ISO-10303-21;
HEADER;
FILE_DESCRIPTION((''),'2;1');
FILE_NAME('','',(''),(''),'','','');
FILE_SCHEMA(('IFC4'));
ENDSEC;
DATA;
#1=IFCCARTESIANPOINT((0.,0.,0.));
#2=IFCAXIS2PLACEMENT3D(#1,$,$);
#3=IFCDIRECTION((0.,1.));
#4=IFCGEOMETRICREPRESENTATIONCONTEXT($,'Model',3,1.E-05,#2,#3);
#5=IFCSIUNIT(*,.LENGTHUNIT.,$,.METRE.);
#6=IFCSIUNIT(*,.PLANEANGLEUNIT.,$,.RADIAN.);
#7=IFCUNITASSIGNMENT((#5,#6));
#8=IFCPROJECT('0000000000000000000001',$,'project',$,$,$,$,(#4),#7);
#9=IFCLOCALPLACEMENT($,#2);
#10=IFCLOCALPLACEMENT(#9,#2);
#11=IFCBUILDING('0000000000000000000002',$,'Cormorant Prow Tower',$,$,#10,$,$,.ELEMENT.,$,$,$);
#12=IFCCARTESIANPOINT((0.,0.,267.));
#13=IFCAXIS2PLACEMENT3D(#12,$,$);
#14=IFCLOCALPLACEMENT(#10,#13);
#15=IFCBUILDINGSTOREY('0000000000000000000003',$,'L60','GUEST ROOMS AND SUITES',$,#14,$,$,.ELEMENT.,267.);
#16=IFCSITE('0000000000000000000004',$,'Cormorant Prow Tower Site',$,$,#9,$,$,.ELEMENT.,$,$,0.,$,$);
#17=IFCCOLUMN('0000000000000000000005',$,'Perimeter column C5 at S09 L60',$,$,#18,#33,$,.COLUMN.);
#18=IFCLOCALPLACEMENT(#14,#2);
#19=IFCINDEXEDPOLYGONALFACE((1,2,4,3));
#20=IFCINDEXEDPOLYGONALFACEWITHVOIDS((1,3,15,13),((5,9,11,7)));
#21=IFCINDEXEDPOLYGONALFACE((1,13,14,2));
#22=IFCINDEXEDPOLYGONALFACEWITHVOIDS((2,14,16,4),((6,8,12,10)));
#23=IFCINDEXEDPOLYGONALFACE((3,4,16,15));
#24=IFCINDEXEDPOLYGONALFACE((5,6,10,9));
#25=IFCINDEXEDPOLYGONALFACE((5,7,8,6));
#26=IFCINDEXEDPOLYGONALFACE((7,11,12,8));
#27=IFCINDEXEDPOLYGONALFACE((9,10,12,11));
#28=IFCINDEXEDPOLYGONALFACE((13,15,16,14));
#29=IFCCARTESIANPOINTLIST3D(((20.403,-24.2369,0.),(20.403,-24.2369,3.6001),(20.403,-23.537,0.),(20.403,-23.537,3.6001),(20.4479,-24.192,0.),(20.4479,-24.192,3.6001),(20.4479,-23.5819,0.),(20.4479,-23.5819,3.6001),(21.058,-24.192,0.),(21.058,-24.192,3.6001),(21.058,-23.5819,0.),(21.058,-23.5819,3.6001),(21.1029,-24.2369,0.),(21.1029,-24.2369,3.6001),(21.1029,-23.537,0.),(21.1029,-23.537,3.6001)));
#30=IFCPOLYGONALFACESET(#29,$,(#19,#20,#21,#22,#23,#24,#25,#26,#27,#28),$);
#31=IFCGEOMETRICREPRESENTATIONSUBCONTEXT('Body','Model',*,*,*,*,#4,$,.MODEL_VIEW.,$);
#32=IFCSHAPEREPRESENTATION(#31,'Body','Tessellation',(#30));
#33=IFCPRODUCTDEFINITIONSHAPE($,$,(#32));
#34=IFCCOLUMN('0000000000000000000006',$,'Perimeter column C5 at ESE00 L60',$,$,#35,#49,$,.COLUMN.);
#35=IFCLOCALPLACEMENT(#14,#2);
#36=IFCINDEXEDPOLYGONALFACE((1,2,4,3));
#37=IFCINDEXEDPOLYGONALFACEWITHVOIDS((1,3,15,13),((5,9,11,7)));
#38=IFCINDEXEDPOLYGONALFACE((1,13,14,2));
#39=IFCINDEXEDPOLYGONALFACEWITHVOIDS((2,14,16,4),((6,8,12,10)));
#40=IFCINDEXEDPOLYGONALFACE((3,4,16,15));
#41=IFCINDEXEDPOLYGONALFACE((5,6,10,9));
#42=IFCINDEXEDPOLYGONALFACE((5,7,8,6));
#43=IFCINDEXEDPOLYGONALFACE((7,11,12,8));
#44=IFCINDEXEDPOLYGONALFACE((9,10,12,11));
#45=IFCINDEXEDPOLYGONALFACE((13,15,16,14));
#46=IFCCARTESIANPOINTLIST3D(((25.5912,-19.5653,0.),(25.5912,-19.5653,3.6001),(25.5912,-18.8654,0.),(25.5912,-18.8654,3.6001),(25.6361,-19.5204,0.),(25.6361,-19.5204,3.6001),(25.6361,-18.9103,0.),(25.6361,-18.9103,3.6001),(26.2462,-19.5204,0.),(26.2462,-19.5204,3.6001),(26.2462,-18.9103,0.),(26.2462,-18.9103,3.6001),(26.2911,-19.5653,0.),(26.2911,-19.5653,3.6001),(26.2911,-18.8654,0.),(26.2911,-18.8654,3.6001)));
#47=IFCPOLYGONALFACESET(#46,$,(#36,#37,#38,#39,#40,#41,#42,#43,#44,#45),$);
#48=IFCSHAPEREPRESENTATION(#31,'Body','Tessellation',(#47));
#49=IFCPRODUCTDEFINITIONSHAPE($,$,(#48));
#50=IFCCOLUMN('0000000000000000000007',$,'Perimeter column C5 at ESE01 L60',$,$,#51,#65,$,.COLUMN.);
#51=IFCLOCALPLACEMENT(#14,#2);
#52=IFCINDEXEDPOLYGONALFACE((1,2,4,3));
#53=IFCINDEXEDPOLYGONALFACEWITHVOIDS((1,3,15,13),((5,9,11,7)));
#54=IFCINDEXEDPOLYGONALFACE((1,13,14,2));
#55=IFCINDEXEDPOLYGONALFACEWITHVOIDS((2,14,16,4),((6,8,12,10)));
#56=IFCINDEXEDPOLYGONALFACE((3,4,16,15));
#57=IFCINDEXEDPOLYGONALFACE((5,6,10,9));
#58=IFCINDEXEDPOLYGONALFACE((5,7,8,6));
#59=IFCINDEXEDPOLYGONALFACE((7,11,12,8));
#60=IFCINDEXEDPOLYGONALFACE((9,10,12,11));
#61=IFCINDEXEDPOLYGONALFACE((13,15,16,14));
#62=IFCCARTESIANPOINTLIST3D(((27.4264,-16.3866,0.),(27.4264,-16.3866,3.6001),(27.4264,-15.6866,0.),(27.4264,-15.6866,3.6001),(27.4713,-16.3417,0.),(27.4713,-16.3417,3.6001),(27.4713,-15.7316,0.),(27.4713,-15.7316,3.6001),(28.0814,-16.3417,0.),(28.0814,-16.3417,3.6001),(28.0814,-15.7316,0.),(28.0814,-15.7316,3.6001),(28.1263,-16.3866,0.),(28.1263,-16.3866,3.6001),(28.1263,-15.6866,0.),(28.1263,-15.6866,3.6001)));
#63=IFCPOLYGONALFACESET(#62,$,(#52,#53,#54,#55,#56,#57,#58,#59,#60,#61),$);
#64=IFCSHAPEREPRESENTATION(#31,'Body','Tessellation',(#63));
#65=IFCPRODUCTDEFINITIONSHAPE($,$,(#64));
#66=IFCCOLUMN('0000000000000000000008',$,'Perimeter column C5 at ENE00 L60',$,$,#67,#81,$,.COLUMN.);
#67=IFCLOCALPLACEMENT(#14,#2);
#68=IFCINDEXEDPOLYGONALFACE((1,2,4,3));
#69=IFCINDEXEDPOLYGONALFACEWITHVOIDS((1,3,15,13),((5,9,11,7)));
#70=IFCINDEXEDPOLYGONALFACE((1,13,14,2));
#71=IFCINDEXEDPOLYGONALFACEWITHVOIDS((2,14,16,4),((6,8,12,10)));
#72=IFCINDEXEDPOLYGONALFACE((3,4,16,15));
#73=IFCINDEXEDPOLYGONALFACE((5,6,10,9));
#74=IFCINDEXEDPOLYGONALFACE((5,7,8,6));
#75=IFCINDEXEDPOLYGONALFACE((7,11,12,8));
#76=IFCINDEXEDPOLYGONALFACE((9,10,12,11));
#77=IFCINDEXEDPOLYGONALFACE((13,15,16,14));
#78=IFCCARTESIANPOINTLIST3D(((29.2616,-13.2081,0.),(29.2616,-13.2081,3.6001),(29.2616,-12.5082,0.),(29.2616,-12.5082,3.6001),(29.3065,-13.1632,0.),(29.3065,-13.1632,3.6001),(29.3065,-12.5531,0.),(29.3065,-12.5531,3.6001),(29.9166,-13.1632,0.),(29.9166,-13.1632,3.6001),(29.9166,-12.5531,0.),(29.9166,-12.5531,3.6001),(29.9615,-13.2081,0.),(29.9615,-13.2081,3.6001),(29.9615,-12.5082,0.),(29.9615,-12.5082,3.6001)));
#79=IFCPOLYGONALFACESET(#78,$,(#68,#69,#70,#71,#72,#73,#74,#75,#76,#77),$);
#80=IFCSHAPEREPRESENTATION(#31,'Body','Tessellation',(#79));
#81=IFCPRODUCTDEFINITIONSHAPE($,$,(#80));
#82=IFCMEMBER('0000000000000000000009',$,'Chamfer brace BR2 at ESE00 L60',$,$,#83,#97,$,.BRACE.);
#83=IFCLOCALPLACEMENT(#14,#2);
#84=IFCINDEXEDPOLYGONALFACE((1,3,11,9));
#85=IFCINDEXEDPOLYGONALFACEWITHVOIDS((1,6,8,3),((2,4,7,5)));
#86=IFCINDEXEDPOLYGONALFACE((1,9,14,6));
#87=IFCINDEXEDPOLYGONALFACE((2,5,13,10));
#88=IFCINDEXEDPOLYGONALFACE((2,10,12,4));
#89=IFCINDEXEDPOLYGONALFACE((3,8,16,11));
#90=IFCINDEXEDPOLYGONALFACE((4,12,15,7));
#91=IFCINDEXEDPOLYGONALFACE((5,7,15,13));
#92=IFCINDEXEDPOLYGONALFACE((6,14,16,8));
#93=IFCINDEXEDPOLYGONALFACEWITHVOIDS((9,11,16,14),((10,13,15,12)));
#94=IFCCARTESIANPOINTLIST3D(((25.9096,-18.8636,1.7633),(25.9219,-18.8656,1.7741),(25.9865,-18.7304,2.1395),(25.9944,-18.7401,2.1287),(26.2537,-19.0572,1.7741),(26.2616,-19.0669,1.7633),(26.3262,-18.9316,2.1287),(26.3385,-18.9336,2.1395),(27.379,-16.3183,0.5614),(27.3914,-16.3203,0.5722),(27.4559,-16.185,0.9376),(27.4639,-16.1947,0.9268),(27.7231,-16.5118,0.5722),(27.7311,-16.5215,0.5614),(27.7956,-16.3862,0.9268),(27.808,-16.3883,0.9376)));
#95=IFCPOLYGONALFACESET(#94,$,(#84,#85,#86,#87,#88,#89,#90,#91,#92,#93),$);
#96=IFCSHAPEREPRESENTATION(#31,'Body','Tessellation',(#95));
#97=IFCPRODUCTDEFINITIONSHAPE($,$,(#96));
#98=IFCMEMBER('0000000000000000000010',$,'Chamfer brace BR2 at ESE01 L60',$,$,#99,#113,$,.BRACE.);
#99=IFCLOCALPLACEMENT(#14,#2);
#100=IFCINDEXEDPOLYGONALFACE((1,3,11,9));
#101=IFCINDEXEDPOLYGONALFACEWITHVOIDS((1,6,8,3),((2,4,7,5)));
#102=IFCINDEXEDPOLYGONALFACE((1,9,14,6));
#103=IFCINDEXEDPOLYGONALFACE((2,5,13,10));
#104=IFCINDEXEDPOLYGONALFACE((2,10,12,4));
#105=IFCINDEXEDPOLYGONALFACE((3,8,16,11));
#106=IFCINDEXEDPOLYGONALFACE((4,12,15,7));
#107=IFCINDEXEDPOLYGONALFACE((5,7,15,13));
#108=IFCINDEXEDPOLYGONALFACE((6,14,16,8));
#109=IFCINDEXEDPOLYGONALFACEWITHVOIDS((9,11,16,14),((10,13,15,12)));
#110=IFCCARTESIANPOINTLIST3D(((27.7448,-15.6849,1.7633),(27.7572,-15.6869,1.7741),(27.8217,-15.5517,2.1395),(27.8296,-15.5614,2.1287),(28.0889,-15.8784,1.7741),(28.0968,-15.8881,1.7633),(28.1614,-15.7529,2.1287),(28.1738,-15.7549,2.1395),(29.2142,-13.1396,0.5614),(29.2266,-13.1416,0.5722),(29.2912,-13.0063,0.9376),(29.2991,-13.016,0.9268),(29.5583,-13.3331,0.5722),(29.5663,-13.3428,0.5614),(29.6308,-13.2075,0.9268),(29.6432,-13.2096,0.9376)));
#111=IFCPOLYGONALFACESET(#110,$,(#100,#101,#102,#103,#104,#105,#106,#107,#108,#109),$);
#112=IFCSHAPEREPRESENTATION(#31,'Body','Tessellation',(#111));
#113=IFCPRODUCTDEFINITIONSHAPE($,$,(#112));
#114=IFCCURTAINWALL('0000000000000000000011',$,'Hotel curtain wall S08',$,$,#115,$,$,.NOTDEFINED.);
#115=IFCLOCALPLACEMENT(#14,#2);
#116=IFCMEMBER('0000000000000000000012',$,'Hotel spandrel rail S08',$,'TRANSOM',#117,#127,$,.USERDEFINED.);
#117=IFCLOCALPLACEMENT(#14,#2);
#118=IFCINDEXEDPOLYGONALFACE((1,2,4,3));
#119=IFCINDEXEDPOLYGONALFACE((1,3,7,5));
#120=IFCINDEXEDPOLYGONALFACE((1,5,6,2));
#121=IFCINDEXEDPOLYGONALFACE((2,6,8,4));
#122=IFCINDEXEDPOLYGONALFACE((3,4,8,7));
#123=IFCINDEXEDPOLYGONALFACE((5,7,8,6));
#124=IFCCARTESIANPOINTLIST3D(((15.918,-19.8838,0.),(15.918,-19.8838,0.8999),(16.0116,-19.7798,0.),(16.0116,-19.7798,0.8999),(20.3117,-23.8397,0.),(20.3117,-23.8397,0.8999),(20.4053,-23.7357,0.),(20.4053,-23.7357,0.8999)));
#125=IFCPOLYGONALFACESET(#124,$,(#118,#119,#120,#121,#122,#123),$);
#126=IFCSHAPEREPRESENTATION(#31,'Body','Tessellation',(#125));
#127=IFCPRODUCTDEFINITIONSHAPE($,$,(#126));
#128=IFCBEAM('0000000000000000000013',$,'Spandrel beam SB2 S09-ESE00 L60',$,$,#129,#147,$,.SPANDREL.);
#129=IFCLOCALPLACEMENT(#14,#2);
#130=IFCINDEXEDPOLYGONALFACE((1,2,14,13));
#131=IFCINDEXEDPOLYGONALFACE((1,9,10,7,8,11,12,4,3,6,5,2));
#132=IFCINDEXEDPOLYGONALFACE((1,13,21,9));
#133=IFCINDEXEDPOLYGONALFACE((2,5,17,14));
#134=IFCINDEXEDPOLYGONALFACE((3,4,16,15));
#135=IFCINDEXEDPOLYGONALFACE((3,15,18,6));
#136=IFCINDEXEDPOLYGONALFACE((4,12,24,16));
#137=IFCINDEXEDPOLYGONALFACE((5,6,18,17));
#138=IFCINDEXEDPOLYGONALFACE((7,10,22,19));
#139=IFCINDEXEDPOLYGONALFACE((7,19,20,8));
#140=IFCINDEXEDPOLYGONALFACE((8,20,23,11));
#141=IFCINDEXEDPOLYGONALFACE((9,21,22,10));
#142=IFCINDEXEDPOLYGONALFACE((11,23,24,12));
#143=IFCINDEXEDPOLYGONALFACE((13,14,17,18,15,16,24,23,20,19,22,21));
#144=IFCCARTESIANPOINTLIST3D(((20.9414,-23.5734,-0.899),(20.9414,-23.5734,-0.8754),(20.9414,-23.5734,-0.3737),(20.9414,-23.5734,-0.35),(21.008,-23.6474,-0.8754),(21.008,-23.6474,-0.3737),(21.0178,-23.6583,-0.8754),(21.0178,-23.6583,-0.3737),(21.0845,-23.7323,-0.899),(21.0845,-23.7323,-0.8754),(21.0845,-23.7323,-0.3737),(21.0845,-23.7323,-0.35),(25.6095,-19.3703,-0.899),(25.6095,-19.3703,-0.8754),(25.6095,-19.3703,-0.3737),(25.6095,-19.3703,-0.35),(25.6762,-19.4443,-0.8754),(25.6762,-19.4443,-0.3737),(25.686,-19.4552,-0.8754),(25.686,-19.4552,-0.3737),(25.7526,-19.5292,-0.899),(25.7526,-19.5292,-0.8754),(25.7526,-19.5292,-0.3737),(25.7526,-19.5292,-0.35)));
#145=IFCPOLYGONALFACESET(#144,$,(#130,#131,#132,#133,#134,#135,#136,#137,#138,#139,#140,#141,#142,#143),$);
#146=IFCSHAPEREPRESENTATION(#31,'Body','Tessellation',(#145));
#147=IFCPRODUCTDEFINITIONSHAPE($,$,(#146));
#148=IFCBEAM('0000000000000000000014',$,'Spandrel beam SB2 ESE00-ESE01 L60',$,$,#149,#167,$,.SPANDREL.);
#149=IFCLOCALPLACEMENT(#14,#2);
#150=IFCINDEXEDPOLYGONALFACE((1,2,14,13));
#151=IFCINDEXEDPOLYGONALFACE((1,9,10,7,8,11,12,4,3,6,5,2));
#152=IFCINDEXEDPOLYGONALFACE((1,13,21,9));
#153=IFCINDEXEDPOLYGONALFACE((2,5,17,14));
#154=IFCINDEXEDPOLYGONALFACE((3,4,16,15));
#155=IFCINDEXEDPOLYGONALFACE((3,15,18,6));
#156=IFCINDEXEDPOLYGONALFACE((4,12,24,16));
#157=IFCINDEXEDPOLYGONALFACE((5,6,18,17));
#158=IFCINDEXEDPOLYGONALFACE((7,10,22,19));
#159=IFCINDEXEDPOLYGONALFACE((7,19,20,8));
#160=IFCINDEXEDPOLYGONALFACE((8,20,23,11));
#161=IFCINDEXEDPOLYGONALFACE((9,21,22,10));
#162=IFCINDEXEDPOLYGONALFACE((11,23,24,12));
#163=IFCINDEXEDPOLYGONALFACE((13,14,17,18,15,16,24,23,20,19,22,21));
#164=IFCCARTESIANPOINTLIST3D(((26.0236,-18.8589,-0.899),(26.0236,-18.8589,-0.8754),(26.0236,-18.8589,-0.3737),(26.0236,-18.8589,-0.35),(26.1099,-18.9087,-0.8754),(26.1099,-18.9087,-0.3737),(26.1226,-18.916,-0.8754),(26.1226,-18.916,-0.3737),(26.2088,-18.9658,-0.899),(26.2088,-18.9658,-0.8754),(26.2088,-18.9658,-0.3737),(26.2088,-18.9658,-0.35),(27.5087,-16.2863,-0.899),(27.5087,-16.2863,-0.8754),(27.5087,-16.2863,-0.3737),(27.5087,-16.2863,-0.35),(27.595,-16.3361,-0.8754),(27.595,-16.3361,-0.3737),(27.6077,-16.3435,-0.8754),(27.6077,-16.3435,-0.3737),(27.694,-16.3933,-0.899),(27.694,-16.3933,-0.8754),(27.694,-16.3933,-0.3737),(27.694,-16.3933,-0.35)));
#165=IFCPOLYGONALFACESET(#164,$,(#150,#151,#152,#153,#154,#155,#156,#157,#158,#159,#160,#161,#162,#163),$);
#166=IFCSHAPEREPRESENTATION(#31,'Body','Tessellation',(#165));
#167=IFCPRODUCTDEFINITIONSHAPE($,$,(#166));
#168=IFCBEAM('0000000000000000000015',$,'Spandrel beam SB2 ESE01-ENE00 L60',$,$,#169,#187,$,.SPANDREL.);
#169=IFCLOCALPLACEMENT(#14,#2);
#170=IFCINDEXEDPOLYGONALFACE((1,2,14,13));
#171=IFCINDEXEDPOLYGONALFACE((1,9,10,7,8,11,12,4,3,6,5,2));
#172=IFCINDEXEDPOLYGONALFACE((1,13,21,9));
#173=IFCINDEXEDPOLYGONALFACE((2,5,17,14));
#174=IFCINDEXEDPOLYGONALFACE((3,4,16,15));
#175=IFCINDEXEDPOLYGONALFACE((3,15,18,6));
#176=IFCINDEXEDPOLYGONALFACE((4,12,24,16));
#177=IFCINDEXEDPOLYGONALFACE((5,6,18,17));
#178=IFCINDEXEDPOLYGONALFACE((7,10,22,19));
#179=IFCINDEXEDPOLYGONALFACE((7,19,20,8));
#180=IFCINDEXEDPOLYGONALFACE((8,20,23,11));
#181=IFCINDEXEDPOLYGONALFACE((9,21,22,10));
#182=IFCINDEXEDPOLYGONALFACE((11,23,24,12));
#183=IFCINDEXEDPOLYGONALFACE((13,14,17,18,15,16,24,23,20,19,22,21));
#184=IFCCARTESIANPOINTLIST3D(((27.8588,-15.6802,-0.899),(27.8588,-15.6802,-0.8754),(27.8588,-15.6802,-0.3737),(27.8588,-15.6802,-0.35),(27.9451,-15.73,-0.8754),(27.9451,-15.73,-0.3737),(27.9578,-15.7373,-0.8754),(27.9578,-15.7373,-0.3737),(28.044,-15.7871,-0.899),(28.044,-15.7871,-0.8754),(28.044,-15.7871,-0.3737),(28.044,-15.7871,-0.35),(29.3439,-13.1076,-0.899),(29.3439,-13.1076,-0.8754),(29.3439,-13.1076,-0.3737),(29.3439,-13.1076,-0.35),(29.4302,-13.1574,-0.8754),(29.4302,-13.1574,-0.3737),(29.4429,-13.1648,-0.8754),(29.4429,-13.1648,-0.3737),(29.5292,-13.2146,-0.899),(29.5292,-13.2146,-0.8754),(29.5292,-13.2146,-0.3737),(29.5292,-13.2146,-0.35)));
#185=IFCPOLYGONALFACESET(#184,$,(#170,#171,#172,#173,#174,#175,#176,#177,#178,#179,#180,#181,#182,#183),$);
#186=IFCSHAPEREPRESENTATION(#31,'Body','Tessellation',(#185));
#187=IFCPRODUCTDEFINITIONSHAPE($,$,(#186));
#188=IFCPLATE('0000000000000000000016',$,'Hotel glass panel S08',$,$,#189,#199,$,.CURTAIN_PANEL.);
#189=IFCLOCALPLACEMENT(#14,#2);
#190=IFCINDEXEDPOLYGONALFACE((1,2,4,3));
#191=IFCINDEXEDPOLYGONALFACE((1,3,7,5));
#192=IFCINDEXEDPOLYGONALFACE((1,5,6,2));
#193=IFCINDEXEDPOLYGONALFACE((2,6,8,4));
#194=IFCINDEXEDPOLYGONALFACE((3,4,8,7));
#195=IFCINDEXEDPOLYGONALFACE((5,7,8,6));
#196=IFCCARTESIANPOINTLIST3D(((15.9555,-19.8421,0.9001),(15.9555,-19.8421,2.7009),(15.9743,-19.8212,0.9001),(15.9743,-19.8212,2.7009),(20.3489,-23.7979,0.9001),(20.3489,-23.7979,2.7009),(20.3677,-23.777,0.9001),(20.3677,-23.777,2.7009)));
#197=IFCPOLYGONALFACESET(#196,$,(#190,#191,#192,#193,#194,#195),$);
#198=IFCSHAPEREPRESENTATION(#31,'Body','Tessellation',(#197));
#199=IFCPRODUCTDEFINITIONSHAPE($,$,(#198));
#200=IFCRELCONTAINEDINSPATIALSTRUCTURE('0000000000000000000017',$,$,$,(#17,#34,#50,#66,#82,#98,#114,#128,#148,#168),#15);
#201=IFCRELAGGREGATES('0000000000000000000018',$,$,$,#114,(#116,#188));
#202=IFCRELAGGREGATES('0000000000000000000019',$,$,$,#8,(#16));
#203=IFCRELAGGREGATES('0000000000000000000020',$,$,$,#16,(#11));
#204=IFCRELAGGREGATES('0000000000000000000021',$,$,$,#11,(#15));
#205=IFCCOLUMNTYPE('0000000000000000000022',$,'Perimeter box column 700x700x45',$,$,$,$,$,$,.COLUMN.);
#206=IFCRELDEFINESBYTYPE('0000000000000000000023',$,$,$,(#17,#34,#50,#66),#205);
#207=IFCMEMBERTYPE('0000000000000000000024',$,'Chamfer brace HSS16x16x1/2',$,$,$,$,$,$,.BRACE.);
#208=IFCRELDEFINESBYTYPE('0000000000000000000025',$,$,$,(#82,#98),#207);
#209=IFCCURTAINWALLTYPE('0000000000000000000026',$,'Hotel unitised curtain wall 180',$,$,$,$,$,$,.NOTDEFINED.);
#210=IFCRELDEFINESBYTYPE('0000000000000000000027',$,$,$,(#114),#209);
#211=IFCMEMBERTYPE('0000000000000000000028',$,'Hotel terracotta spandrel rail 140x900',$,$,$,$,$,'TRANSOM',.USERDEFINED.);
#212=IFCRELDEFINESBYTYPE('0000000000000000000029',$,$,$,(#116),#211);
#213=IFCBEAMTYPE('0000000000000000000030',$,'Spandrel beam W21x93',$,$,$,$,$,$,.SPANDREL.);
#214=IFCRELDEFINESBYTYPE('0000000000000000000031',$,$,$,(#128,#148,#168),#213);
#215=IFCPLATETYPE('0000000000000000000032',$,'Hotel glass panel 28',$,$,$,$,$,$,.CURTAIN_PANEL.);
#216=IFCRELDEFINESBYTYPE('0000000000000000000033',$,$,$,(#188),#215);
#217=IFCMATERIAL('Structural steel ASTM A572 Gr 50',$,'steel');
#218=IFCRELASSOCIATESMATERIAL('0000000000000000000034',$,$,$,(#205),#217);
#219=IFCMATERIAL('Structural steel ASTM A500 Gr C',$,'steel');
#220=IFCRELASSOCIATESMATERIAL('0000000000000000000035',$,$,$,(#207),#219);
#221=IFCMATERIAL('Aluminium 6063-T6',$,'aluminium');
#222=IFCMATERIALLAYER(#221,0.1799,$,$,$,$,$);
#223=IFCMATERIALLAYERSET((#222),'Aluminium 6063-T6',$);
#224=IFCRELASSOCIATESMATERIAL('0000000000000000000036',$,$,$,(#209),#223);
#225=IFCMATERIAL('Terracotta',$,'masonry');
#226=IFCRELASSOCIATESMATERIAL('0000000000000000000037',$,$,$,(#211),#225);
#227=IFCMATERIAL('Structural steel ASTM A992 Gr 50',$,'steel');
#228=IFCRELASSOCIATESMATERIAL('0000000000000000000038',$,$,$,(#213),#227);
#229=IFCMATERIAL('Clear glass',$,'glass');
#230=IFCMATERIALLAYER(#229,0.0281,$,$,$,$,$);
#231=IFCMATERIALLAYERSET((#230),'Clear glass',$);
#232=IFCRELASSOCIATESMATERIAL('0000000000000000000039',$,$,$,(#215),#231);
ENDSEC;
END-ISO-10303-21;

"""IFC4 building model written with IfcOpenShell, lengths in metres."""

from ifc_helpers import new_model, si_unit, direction, frame, origin, origin_2d, place, context, subcontext, project, spatial, rectangle, hollow_rectangle, i_section, extrude, material, layer, layer_set, material_profile, profile_set, type_object, element, aggregate, save


model = new_model("IFC4")

# Units and contexts
model_context = context("Model", 3, precision=1e-05, world=origin(), true_north=direction((0.0, 1.0)))
body_context = subcontext(model_context, "Body", "Model", "MODEL_VIEW")
ifc_project = project(units=[si_unit("LENGTHUNIT", "METRE"), si_unit("PLANEANGLEUNIT", "RADIAN")], contexts=[model_context])

# Site, building, storey
site_placement = place(None, origin())
site = spatial("IfcSite", under=ifc_project, at=site_placement, Name="Cormorant Prow Tower Site", CompositionType="ELEMENT", RefElevation=0.0)
building_placement = place(site_placement, origin())
building = spatial("IfcBuilding", under=site, at=building_placement, Name="Cormorant Prow Tower", CompositionType="ELEMENT")
storey_placement = place(building_placement, frame((0.0, 0.0, 267.0)))
storey = spatial("IfcBuildingStorey", under=building, at=storey_placement, Name="L60", Description="GUEST ROOMS AND SUITES", CompositionType="ELEMENT", Elevation=267.0)

# Columns
ifc_material_1 = material(Name="Structural steel ASTM A572 Gr 50", Category="steel")
ifc_material_profile_1 = material_profile(ifc_material_1, hollow_rectangle(XDim=0.7, YDim=0.7, WallThickness=0.0449, at=origin_2d()), Name="Box 700x700x45")
ifc_profile_set_1 = profile_set([ifc_material_profile_1], Name="Structural steel ASTM A572 Gr 50")
column_type = type_object("IfcColumnType", Name="Perimeter box column 700x700x45", PredefinedType="COLUMN", material=ifc_profile_set_1)
for number, where, z_axis, x_axis, name in (
    (1, (20.7529, -23.887, 0.0), (0.0, 0.0, 1.0), (1.0, 0.0, 0.0), "Perimeter column C5 at S09 L60"),
    (2, (25.9412, -19.2153, 0.0), (0.0, 0.0, 1.0), (1.0, 0.0, 0.0), "Perimeter column C5 at ESE00 L60"),
    (3, (27.7764, -16.0366, 0.0), (0.0, 0.0, 1.0), (1.0, 0.0, 0.0), "Perimeter column C5 at ESE01 L60"),
    (4, (29.6116, -12.8582, 0.0), (0.0, 0.0, 1.0), (1.0, 0.0, 0.0), "Perimeter column C5 at ENE00 L60"),
):
    element("IfcColumn", number, at=place(storey_placement, frame(where, z_axis=z_axis, x_axis=x_axis)), inside=storey, type_object=column_type, Name=name, PredefinedType="COLUMN", context=body_context, shape_type="SweptSolid", body=[
        extrude(hollow_rectangle(XDim=0.7, YDim=0.7, WallThickness=0.0449, at=origin_2d()), origin(), (0.0, 0.0, 1.0), 3.6001),
    ])

# Members
ifc_material_2 = material(Name="Structural steel ASTM A500 Gr C", Category="steel")
ifc_material_profile_2 = material_profile(ifc_material_2, hollow_rectangle(XDim=0.4065, YDim=0.4065, WallThickness=0.0117, at=origin_2d()), Name="HSS16x16x1/2")
ifc_profile_set_2 = profile_set([ifc_material_profile_2], Name="Structural steel ASTM A500 Gr C")
member_type_1 = type_object("IfcMemberType", Name="Chamfer brace HSS16x16x1/2", PredefinedType="BRACE", material=ifc_profile_set_2)
for number, where, z_axis, x_axis, name in (
    (5, (27.5935, -16.3533, 0.7495), (-0.462773, -0.801607, 0.378507), (0.866042, -0.499972, 0.0), "Chamfer brace BR2 at ESE00 L60"),
    (6, (29.4287, -13.1746, 0.7495), (-0.462773, -0.801607, 0.378507), (0.866042, -0.499972, 0.0), "Chamfer brace BR2 at ESE01 L60"),
):
    element("IfcMember", number, at=place(storey_placement, frame(where, z_axis=z_axis, x_axis=x_axis)), inside=storey, type_object=member_type_1, Name=name, PredefinedType="BRACE", context=body_context, shape_type="SweptSolid", body=[
        extrude(hollow_rectangle(XDim=0.4065, YDim=0.4065, WallThickness=0.0117, at=origin_2d()), origin(), (0.0, 0.0, 1.0), 3.1753),
    ])

# Curtain wall, member
ifc_material_3 = material(Name="Aluminium 6063-T6", Category="aluminium")
ifc_layer_1 = layer(ifc_material_3, 0.1799)
ifc_layer_set_1 = layer_set([ifc_layer_1], Name="Aluminium 6063-T6")
curtain_wall_type = type_object("IfcCurtainWallType", Name="Hotel unitised curtain wall 180", PredefinedType="NOTDEFINED", material=ifc_layer_set_1)
curtain_wall_placement = place(storey_placement, origin())
curtain_wall = element("IfcCurtainWall", 7, at=curtain_wall_placement, inside=storey, type_object=curtain_wall_type, Name="Hotel curtain wall S08", PredefinedType="NOTDEFINED")
ifc_material_4 = material(Name="Terracotta", Category="masonry")
ifc_material_profile_3 = material_profile(ifc_material_4, rectangle(XDim=0.1399, YDim=0.8999, at=origin_2d()), Name="Hotel terracotta spandrel rail 140x900")
ifc_profile_set_3 = profile_set([ifc_material_profile_3], Name="Terracotta")
member_type_2 = type_object("IfcMemberType", Name="Hotel terracotta spandrel rail 140x900", ElementType="TRANSOM", PredefinedType="USERDEFINED", material=ifc_profile_set_3)
member_placement = place(storey_placement, frame((15.9648, -19.8318, 0.45), z_axis=(0.743159, -0.669115, 0.0), x_axis=(0.669115, 0.743159, 0.0)))
member = element("IfcMember", 8, at=member_placement, type_object=member_type_2, Name="Hotel spandrel rail S08", ObjectType="TRANSOM", PredefinedType="USERDEFINED", context=body_context, shape_type="SweptSolid", body=[
    extrude(rectangle(XDim=0.1399, YDim=0.8999, at=origin_2d()), origin(), (0.0, 0.0, 1.0), 5.9121),
])

# Beams
ifc_material_5 = material(Name="Structural steel ASTM A992 Gr 50", Category="steel")
ifc_material_profile_4 = material_profile(ifc_material_5, i_section(OverallWidth=0.2139, OverallDepth=0.5491, WebThickness=0.0146, FlangeThickness=0.0237, at=origin_2d()), Name="W21x93")
ifc_profile_set_4 = profile_set([ifc_material_profile_4], Name="Structural steel ASTM A992 Gr 50")
beam_type = type_object("IfcBeamType", Name="Spandrel beam W21x93", PredefinedType="SPANDREL", material=ifc_profile_set_4)
beam_placement = place(storey_placement, frame((21.0129, -23.6528, -0.6245), z_axis=(0.743157, 0.669117, 0.0), x_axis=(-0.669117, 0.743157, 0.0)))
element("IfcBeam", 9, at=beam_placement, inside=storey, type_object=beam_type, Name="Spandrel beam SB2 S09-ESE00 L60", PredefinedType="SPANDREL", context=body_context, shape_type="SweptSolid", body=[
    extrude(i_section(OverallWidth=0.2139, OverallDepth=0.5491, WebThickness=0.0146, FlangeThickness=0.0237, at=origin_2d()), origin(), (0.0, 0.0, 1.0), 6.2815),
])
for number, where, z_axis, x_axis, name in (
    (10, (26.1162, -18.9124, -0.6245), (0.499967, 0.866045, 0.0), (-0.866045, 0.499967, 0.0), "Spandrel beam SB2 ESE00-ESE01 L60"),
    (11, (27.9514, -15.7336, -0.6245), (0.499967, 0.866045, 0.0), (-0.866045, 0.499967, 0.0), "Spandrel beam SB2 ESE01-ENE00 L60"),
):
    element("IfcBeam", number, at=place(storey_placement, frame(where, z_axis=z_axis, x_axis=x_axis)), inside=storey, type_object=beam_type, Name=name, PredefinedType="SPANDREL", context=body_context, shape_type="SweptSolid", body=[
        extrude(i_section(OverallWidth=0.2139, OverallDepth=0.5491, WebThickness=0.0146, FlangeThickness=0.0237, at=origin_2d()), origin(), (0.0, 0.0, 1.0), 2.9705),
    ])

# Plate
ifc_material_6 = material(Name="Clear glass", Category="glass")
ifc_layer_2 = layer(ifc_material_6, 0.0281)
ifc_layer_set_2 = layer_set([ifc_layer_2], Name="Clear glass")
plate_type = type_object("IfcPlateType", Name="Hotel glass panel 28", PredefinedType="CURTAIN_PANEL", material=ifc_layer_set_2)
plate_placement = place(storey_placement, frame((18.1616, -21.8096, 0.9001), z_axis=(0.0, 0.0, 1.0), x_axis=(0.743145, -0.669131, 0.0)))
plate = element("IfcPlate", 12, at=plate_placement, type_object=plate_type, Name="Hotel glass panel S08", PredefinedType="CURTAIN_PANEL", context=body_context, shape_type="SweptSolid", body=[
    extrude(rectangle(XDim=5.9119, YDim=0.0281, at=origin_2d()), origin(), (0.0, 0.0, 1.0), 1.8008),
])
aggregate(curtain_wall, [member, plate])

save(model, "model.ifc")
